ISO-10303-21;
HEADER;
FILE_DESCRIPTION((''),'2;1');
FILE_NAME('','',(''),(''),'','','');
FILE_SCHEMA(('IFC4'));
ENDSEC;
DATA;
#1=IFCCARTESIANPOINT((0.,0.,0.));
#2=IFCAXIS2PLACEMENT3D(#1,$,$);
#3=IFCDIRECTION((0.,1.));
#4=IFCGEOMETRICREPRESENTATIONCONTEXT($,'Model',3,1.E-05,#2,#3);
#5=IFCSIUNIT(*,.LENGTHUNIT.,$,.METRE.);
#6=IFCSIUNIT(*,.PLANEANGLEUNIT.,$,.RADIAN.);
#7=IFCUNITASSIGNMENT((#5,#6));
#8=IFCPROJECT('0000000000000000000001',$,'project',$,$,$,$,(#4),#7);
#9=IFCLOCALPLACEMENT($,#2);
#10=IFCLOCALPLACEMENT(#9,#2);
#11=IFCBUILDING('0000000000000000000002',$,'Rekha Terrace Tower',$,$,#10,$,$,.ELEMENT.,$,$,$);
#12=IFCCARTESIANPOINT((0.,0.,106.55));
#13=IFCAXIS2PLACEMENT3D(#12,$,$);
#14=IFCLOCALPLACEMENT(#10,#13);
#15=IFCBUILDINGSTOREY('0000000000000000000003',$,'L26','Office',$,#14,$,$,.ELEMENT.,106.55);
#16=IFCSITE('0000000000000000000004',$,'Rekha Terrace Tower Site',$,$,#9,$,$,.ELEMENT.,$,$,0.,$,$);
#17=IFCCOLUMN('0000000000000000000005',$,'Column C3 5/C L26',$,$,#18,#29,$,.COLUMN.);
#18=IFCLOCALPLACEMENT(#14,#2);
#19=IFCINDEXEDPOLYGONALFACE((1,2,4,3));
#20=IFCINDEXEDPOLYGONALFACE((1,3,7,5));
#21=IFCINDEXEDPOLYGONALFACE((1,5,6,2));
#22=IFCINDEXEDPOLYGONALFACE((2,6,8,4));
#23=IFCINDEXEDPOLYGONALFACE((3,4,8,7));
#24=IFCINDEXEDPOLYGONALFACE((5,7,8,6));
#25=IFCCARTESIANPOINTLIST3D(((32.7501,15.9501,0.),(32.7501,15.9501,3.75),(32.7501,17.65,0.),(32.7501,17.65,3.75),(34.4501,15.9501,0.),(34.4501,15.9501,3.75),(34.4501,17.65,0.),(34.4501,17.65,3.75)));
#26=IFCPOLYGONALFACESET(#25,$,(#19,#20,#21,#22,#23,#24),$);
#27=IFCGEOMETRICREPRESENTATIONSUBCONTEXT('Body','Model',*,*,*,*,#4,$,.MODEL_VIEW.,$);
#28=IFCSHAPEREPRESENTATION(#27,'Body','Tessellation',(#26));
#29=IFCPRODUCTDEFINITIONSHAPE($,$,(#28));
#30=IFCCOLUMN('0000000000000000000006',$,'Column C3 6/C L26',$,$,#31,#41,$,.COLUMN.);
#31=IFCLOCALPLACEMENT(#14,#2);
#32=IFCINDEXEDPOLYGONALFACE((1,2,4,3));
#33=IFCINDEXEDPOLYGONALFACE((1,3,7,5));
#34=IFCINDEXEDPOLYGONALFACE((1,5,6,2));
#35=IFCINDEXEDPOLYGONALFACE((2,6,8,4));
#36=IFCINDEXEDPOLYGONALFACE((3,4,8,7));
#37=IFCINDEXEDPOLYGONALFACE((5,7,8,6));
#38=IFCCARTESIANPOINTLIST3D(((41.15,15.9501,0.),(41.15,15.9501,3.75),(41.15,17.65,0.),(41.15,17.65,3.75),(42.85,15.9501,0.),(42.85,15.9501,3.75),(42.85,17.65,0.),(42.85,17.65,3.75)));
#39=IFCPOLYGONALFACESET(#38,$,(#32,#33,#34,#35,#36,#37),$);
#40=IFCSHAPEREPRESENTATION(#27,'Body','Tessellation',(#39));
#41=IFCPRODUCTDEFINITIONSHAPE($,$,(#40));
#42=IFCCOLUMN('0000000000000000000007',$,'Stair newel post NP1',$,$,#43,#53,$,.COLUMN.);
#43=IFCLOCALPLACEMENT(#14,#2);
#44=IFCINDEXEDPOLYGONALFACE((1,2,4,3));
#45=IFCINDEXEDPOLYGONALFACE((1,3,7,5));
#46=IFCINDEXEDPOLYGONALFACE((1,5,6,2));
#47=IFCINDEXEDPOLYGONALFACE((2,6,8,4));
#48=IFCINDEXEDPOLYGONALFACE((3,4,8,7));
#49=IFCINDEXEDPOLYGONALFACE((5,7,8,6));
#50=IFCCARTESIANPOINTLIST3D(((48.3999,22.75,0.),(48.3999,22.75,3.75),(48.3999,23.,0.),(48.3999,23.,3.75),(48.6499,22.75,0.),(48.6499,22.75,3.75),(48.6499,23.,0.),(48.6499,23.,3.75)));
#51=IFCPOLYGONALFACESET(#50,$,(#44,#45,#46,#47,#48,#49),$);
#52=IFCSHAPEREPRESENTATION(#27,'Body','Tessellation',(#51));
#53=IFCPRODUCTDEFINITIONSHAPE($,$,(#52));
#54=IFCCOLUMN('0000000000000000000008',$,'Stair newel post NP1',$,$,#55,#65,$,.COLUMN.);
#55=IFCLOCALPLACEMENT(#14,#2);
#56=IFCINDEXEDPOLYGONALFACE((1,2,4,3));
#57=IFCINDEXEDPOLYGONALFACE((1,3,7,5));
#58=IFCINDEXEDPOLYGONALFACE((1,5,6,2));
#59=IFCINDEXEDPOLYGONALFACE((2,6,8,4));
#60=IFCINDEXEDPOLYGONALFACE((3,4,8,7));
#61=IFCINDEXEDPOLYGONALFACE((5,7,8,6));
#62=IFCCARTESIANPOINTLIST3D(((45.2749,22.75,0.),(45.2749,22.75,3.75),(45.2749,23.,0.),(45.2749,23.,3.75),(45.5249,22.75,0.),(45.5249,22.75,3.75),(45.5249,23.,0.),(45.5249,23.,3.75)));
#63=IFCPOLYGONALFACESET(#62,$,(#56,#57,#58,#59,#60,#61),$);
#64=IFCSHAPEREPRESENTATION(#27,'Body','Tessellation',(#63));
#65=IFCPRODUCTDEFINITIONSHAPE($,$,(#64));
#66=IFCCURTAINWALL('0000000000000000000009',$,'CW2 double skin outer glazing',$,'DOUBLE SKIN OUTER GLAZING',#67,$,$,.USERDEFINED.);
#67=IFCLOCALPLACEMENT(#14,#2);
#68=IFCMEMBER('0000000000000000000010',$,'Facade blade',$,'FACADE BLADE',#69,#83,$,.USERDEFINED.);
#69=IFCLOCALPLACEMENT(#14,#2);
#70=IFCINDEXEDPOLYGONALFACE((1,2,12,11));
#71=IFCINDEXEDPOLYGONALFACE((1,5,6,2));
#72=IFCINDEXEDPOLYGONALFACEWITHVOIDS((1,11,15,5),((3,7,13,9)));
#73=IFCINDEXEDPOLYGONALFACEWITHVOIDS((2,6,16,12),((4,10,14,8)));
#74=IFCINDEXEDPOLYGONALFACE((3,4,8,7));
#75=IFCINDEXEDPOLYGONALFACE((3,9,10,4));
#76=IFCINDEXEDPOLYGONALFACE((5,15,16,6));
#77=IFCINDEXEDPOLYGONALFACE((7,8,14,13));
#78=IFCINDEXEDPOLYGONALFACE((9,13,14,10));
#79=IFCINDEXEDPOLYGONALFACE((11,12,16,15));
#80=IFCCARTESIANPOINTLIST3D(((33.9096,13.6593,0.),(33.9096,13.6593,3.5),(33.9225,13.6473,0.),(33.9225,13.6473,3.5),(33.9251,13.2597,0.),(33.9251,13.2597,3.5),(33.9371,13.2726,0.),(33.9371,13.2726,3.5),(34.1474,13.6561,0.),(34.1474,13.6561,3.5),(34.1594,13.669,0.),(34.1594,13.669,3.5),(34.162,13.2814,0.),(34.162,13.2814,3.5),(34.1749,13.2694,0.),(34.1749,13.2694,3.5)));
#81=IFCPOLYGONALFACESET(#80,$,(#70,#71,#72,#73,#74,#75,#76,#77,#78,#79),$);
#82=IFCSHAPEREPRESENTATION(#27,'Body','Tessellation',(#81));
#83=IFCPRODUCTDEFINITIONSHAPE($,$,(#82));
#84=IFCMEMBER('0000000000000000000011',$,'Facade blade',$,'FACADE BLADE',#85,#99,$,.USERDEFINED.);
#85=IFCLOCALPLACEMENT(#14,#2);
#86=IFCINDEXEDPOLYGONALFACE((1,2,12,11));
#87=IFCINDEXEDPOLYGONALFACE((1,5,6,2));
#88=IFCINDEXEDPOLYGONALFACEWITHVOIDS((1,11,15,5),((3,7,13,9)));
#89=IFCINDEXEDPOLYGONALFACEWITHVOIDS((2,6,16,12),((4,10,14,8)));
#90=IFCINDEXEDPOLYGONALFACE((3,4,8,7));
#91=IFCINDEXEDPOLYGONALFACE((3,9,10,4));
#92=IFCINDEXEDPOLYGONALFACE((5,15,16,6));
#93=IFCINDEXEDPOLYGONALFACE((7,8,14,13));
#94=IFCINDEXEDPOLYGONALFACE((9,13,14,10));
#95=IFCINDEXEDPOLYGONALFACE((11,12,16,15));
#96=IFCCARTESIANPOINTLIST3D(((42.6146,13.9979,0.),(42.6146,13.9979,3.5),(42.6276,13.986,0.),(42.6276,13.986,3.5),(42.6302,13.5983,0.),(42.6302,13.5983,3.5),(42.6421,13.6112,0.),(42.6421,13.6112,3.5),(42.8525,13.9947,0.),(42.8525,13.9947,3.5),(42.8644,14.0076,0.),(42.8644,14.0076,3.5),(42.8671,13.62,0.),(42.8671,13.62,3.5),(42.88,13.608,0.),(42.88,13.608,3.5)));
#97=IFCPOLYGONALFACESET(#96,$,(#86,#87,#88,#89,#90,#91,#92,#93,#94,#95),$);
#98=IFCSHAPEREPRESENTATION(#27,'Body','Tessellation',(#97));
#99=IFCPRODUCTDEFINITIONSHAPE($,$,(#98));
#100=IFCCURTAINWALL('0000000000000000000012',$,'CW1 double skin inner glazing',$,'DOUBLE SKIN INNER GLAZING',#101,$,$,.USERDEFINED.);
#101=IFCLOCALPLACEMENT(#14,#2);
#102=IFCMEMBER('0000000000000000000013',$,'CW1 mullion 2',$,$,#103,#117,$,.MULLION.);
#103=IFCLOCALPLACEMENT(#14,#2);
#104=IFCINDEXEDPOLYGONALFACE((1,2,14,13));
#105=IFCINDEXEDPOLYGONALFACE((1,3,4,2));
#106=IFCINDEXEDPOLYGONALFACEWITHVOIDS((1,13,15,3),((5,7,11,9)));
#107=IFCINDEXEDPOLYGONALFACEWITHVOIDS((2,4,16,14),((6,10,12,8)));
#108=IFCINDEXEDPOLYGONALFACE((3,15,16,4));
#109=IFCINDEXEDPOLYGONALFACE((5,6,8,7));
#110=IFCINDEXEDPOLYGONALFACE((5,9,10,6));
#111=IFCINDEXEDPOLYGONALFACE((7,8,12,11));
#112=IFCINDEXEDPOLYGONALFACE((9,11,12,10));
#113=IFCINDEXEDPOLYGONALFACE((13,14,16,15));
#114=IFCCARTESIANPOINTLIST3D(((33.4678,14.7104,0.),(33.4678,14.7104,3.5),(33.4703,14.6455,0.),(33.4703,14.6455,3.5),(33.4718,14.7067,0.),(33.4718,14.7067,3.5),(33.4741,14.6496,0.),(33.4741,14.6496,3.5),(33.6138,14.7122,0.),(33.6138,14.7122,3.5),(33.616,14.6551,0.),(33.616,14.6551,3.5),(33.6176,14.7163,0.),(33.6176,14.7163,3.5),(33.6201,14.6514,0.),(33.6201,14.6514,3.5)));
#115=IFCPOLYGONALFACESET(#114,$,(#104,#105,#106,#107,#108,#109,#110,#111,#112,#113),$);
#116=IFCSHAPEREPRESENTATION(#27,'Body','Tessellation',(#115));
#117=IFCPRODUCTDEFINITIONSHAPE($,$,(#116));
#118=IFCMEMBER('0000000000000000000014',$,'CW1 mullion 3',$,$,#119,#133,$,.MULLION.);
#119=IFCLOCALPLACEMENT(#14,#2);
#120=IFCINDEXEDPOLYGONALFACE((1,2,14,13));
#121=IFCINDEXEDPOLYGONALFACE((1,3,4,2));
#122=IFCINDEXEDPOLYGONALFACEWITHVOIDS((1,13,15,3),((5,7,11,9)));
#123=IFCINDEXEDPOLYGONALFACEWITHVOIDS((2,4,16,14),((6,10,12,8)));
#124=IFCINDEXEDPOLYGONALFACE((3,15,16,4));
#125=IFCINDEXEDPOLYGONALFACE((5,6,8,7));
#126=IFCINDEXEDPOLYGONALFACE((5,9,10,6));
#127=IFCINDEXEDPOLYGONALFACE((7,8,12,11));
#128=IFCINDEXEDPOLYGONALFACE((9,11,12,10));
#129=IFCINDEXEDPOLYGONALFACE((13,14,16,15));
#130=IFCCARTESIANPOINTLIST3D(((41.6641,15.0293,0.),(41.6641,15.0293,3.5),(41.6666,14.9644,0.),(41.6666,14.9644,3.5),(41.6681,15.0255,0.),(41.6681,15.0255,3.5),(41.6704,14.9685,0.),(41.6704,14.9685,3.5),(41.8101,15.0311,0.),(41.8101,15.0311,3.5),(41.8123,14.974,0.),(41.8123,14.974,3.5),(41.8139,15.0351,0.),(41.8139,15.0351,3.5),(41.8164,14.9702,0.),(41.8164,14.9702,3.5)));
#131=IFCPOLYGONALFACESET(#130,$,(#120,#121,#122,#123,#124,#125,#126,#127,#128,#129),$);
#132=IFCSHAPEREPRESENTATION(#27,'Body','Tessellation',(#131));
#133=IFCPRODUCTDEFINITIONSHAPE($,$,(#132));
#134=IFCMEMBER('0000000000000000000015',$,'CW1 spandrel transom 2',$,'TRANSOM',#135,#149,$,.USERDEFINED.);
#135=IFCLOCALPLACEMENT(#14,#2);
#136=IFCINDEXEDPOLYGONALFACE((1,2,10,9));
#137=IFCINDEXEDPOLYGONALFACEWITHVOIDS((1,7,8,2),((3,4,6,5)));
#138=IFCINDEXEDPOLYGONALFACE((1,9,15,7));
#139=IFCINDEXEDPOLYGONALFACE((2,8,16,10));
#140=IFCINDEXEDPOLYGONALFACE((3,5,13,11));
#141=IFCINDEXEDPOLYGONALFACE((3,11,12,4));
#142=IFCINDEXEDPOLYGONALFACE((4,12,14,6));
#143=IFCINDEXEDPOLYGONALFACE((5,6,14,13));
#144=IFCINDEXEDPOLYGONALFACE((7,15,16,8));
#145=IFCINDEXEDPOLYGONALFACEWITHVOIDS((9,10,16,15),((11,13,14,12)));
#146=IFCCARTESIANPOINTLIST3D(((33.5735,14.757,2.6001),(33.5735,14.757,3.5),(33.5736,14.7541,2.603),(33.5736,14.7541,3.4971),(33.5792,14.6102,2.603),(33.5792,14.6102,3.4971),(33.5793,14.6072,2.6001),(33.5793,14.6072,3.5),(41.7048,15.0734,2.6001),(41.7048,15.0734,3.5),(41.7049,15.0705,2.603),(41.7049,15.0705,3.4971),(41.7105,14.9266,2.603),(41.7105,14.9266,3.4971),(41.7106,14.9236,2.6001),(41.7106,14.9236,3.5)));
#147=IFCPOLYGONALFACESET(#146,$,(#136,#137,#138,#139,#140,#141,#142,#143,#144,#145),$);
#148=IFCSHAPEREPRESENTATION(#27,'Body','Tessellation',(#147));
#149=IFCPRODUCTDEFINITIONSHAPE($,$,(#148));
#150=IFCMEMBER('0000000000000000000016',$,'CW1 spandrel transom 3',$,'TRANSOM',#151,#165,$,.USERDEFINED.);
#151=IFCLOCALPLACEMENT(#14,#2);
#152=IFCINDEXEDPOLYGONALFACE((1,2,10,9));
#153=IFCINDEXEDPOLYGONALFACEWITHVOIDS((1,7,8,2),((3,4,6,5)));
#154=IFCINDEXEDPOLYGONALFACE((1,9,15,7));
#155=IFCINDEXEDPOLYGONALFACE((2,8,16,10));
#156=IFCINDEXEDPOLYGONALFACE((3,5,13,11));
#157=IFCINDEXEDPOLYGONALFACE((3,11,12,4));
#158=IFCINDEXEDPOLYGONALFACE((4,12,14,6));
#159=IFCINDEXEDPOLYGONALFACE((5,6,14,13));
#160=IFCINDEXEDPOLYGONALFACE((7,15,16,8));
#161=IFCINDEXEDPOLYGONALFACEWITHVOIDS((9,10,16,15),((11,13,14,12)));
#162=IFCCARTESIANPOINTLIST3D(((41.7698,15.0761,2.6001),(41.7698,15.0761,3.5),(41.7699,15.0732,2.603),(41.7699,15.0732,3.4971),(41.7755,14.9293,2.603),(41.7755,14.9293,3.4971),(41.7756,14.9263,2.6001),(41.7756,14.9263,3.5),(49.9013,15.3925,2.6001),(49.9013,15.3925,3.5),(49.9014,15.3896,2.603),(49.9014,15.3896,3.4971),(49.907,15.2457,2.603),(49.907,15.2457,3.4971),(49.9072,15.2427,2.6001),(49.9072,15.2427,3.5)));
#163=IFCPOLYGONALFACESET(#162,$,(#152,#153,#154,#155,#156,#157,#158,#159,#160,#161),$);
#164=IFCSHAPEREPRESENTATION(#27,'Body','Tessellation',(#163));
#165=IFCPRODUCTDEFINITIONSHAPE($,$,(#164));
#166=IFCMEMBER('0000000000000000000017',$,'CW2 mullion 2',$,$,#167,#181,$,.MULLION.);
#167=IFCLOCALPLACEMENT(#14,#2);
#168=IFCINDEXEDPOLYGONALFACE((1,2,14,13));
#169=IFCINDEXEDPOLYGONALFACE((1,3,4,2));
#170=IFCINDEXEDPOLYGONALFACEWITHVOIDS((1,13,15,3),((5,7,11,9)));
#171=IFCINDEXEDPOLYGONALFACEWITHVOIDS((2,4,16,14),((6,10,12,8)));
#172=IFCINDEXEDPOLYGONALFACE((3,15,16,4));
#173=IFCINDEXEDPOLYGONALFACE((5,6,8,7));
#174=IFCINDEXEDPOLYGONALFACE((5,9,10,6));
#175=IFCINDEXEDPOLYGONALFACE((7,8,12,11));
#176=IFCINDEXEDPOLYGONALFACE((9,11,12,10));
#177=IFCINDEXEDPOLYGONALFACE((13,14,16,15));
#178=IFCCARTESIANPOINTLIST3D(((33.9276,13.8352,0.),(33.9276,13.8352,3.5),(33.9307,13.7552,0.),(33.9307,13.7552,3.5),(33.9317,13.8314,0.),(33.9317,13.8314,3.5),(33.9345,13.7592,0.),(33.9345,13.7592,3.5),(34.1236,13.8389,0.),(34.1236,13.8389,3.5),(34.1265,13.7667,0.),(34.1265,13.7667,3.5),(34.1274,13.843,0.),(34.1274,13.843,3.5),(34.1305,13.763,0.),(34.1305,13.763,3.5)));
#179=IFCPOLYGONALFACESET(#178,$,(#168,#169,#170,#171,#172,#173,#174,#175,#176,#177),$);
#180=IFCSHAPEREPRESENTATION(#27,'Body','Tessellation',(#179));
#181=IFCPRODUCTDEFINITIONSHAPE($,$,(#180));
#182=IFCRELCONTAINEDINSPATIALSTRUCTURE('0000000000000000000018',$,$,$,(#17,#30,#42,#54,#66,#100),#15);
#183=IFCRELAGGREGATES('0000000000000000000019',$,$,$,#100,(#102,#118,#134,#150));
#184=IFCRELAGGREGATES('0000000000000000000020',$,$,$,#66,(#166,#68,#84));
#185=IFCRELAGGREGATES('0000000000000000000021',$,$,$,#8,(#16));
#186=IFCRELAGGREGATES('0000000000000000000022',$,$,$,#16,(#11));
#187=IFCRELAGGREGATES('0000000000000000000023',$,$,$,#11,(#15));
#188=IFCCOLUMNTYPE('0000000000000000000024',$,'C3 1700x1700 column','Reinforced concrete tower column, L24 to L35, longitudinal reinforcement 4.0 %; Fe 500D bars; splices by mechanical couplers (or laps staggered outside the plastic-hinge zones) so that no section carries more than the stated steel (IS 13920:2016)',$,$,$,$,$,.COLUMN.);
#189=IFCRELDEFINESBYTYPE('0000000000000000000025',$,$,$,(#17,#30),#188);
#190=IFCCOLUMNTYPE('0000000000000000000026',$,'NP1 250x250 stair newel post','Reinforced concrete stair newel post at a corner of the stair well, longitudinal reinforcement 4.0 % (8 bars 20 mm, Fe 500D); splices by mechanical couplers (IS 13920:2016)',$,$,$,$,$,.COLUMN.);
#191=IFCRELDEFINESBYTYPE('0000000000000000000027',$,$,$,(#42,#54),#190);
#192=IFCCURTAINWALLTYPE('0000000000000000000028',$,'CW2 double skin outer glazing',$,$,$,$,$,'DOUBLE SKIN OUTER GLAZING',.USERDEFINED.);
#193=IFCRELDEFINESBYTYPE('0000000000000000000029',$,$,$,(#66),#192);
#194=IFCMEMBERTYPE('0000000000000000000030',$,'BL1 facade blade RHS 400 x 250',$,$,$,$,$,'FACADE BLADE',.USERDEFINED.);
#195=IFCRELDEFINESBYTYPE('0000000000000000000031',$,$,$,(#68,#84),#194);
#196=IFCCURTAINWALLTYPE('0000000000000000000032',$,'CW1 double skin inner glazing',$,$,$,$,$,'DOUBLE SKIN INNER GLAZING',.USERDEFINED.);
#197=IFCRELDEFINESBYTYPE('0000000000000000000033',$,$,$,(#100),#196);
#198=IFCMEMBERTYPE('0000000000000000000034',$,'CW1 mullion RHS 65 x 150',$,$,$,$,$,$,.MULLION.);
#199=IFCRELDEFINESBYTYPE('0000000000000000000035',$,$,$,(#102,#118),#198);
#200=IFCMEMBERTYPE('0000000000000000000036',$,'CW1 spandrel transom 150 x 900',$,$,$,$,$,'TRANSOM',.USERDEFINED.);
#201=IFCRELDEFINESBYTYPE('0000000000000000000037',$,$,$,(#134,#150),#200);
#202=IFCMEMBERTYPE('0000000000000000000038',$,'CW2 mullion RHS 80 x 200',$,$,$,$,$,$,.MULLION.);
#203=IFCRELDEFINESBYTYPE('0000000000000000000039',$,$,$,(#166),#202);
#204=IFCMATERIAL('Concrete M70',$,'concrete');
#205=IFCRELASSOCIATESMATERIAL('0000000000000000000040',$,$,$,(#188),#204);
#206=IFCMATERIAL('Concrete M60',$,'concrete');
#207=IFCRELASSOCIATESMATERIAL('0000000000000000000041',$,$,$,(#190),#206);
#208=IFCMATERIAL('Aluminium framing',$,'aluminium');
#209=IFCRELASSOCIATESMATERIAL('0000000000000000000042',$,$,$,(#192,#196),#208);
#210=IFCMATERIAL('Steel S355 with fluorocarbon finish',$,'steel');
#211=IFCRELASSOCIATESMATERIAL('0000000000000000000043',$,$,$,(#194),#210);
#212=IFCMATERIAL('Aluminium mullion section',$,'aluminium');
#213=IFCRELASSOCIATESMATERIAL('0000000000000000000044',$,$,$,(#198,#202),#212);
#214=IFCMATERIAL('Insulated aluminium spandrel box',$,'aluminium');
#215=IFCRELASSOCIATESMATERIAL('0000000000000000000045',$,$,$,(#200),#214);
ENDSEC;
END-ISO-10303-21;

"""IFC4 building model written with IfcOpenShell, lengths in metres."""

from ifc_helpers import new_model, si_unit, direction, frame, origin, origin_2d, place, context, subcontext, project, spatial, rectangle, hollow_rectangle, extrude, material, material_profile, profile_set, type_object, element, aggregate, save


model = new_model("IFC4")

# Units and contexts
model_context = context("Model", 3, precision=1e-05, world=origin(), true_north=direction((0.0, 1.0)))
body_context = subcontext(model_context, "Body", "Model", "MODEL_VIEW")
ifc_project = project(units=[si_unit("LENGTHUNIT", "METRE"), si_unit("PLANEANGLEUNIT", "RADIAN")], contexts=[model_context])

# Site, building, storey
site_placement = place(None, origin())
site = spatial("IfcSite", under=ifc_project, at=site_placement, Name="Rekha Terrace Tower Site", CompositionType="ELEMENT", RefElevation=0.0)
building_placement = place(site_placement, origin())
building = spatial("IfcBuilding", under=site, at=building_placement, Name="Rekha Terrace Tower", CompositionType="ELEMENT")
storey_placement = place(building_placement, frame((0.0, 0.0, 106.55)))
storey = spatial("IfcBuildingStorey", under=building, at=storey_placement, Name="L26", Description="Office", CompositionType="ELEMENT", Elevation=106.55)

# Columns
ifc_material_1 = material(Name="Concrete M70", Category="concrete")
ifc_material_profile_1 = material_profile(ifc_material_1, rectangle(XDim=1.7, YDim=1.7, at=origin_2d()), Name="RC 1700x1700")
ifc_profile_set_1 = profile_set([ifc_material_profile_1], Name="Concrete M70")
column_type_1 = type_object("IfcColumnType", Name="C3 1700x1700 column", Description="Reinforced concrete tower column, L24 to L35, longitudinal reinforcement 4.0 %; Fe 500D bars; splices by mechanical couplers (or laps staggered outside the plastic-hinge zones) so that no section carries more than the stated steel (IS 13920:2016)", PredefinedType="COLUMN", material=ifc_profile_set_1)
for number, where, z_axis, x_axis, name in (
    (1, (33.6001, 16.8, 0.0), (0.0, 0.0, 1.0), (1.0, 0.0, 0.0), "Column C3 5/C L26"),
    (2, (42.0, 16.8, 0.0), (0.0, 0.0, 1.0), (1.0, 0.0, 0.0), "Column C3 6/C L26"),
):
    element("IfcColumn", number, at=place(storey_placement, frame(where, z_axis=z_axis, x_axis=x_axis)), inside=storey, type_object=column_type_1, Name=name, PredefinedType="COLUMN", context=body_context, shape_type="SweptSolid", body=[
        extrude(rectangle(XDim=1.7, YDim=1.7, at=origin_2d()), origin(), (0.0, 0.0, 1.0), 3.75),
    ])
ifc_material_2 = material(Name="Concrete M60", Category="concrete")
ifc_material_profile_2 = material_profile(ifc_material_2, rectangle(XDim=0.25, YDim=0.25, at=origin_2d()), Name="RC 250x250")
ifc_profile_set_2 = profile_set([ifc_material_profile_2], Name="Concrete M60")
column_type_2 = type_object("IfcColumnType", Name="NP1 250x250 stair newel post", Description="Reinforced concrete stair newel post at a corner of the stair well, longitudinal reinforcement 4.0 % (8 bars 20 mm, Fe 500D); splices by mechanical couplers (IS 13920:2016)", PredefinedType="COLUMN", material=ifc_profile_set_2)
for number, where, z_axis, x_axis, name in (
    (3, (48.5249, 22.875, 0.0), (0.0, 0.0, 1.0), (1.0, 0.0, 0.0), "Stair newel post NP1"),
    (4, (45.3999, 22.875, 0.0), (0.0, 0.0, 1.0), (1.0, 0.0, 0.0), "Stair newel post NP1"),
):
    element("IfcColumn", number, at=place(storey_placement, frame(where, z_axis=z_axis, x_axis=x_axis)), inside=storey, type_object=column_type_2, Name=name, PredefinedType="COLUMN", context=body_context, shape_type="SweptSolid", body=[
        extrude(rectangle(XDim=0.25, YDim=0.25, at=origin_2d()), origin(), (0.0, 0.0, 1.0), 3.75),
    ])

# Curtain walls, members
ifc_material_3 = material(Name="Aluminium framing", Category="aluminium")
curtain_wall_type_1 = type_object("IfcCurtainWallType", Name="CW2 double skin outer glazing", ElementType="DOUBLE SKIN OUTER GLAZING", PredefinedType="USERDEFINED", material=ifc_material_3)
curtain_wall_1_placement = place(storey_placement, origin())
curtain_wall_1 = element("IfcCurtainWall", 5, at=curtain_wall_1_placement, inside=storey, type_object=curtain_wall_type_1, Name="CW2 double skin outer glazing", ObjectType="DOUBLE SKIN OUTER GLAZING", PredefinedType="USERDEFINED")
ifc_material_4 = material(Name="Steel S355 with fluorocarbon finish", Category="steel")
ifc_material_profile_3 = material_profile(ifc_material_4, hollow_rectangle(XDim=0.25, YDim=0.3999, WallThickness=0.0125, at=origin_2d()), Name="RHS400x250x12.5")
ifc_profile_set_3 = profile_set([ifc_material_profile_3], Name="Steel S355 with fluorocarbon finish")
member_type_1 = type_object("IfcMemberType", Name="BL1 facade blade RHS 400 x 250", ElementType="FACADE BLADE", PredefinedType="USERDEFINED", material=ifc_profile_set_3)
member_1_placement = place(storey_placement, frame((34.0422, 13.4644, 0.0), z_axis=(0.0, 0.0, 1.0), x_axis=(0.999243, 0.03889, 0.0)))
member_1 = element("IfcMember", 6, at=member_1_placement, type_object=member_type_1, Name="Facade blade", ObjectType="FACADE BLADE", PredefinedType="USERDEFINED", context=body_context, shape_type="SweptSolid", body=[
    extrude(hollow_rectangle(XDim=0.25, YDim=0.3999, WallThickness=0.0125, at=origin_2d()), origin(), (0.0, 0.0, 1.0), 3.5),
])
member_2_placement = place(storey_placement, frame((42.7473, 13.803, 0.0), z_axis=(0.0, 0.0, 1.0), x_axis=(0.999243, 0.03889, 0.0)))
member_2 = element("IfcMember", 7, at=member_2_placement, type_object=member_type_1, Name="Facade blade", ObjectType="FACADE BLADE", PredefinedType="USERDEFINED", context=body_context, shape_type="SweptSolid", body=[
    extrude(hollow_rectangle(XDim=0.25, YDim=0.3999, WallThickness=0.0125, at=origin_2d()), origin(), (0.0, 0.0, 1.0), 3.5),
])
curtain_wall_type_2 = type_object("IfcCurtainWallType", Name="CW1 double skin inner glazing", ElementType="DOUBLE SKIN INNER GLAZING", PredefinedType="USERDEFINED", material=ifc_material_3)
curtain_wall_2_placement = place(storey_placement, origin())
curtain_wall_2 = element("IfcCurtainWall", 8, at=curtain_wall_2_placement, inside=storey, type_object=curtain_wall_type_2, Name="CW1 double skin inner glazing", ObjectType="DOUBLE SKIN INNER GLAZING", PredefinedType="USERDEFINED")
ifc_material_5 = material(Name="Aluminium mullion section", Category="aluminium")
ifc_material_profile_4 = material_profile(ifc_material_5, hollow_rectangle(XDim=0.0649, YDim=0.1499, WallThickness=0.0039, at=origin_2d()), Name="AL RHS 65x150")
ifc_profile_set_4 = profile_set([ifc_material_profile_4], Name="Aluminium mullion section")
member_type_2 = type_object("IfcMemberType", Name="CW1 mullion RHS 65 x 150", PredefinedType="MULLION", material=ifc_profile_set_4)
member_3_placement = place(storey_placement, frame((33.5439, 14.6809, 0.0), z_axis=(0.0, 0.0, 1.0), x_axis=(-0.03889, 0.999243, 0.0)))
member_3 = element("IfcMember", 9, at=member_3_placement, type_object=member_type_2, Name="CW1 mullion 2", PredefinedType="MULLION", context=body_context, shape_type="SweptSolid", body=[
    extrude(hollow_rectangle(XDim=0.0649, YDim=0.1499, WallThickness=0.0039, at=origin_2d()), origin(), (0.0, 0.0, 1.0), 3.5),
])
member_4_placement = place(storey_placement, frame((41.7402, 14.9998, 0.0), z_axis=(0.0, 0.0, 1.0), x_axis=(-0.03889, 0.999243, 0.0)))
member_4 = element("IfcMember", 10, at=member_4_placement, type_object=member_type_2, Name="CW1 mullion 3", PredefinedType="MULLION", context=body_context, shape_type="SweptSolid", body=[
    extrude(hollow_rectangle(XDim=0.0649, YDim=0.1499, WallThickness=0.0039, at=origin_2d()), origin(), (0.0, 0.0, 1.0), 3.5),
])
ifc_material_6 = material(Name="Insulated aluminium spandrel box", Category="aluminium")
ifc_material_profile_5 = material_profile(ifc_material_6, hollow_rectangle(XDim=0.1499, YDim=0.8999, WallThickness=0.0029, at=origin_2d()), Name="AL SPANDREL BOX 150x900")
ifc_profile_set_5 = profile_set([ifc_material_profile_5], Name="Insulated aluminium spandrel box")
member_type_3 = type_object("IfcMemberType", Name="CW1 spandrel transom 150 x 900", ElementType="TRANSOM", PredefinedType="USERDEFINED", material=ifc_profile_set_5)
member_5_placement = place(storey_placement, frame((33.5764, 14.6821, 3.05), z_axis=(0.999244, 0.038882, 0.0), x_axis=(-0.038882, 0.999244, 0.0)))
member_5 = element("IfcMember", 11, at=member_5_placement, type_object=member_type_3, Name="CW1 spandrel transom 2", ObjectType="TRANSOM", PredefinedType="USERDEFINED", context=body_context, shape_type="SweptSolid", body=[
    extrude(hollow_rectangle(XDim=0.1499, YDim=0.8999, WallThickness=0.0029, at=origin_2d()), origin(), (0.0, 0.0, 1.0), 8.1375),
])
member_6_placement = place(storey_placement, frame((41.7727, 15.0012, 3.05), z_axis=(0.999244, 0.038881, 0.0), x_axis=(-0.038881, 0.999244, 0.0)))
member_6 = element("IfcMember", 12, at=member_6_placement, type_object=member_type_3, Name="CW1 spandrel transom 3", ObjectType="TRANSOM", PredefinedType="USERDEFINED", context=body_context, shape_type="SweptSolid", body=[
    extrude(hollow_rectangle(XDim=0.1499, YDim=0.8999, WallThickness=0.0029, at=origin_2d()), origin(), (0.0, 0.0, 1.0), 8.1377),
])

# Member
ifc_material_profile_6 = material_profile(ifc_material_5, hollow_rectangle(XDim=0.0801, YDim=0.2, WallThickness=0.0039, at=origin_2d()), Name="AL RHS 80x200")
ifc_profile_set_6 = profile_set([ifc_material_profile_6], Name="Aluminium mullion section")
member_type_4 = type_object("IfcMemberType", Name="CW2 mullion RHS 80 x 200", PredefinedType="MULLION", material=ifc_profile_set_6)
member_7_placement = place(storey_placement, frame((34.0291, 13.7991, 0.0), z_axis=(0.0, 0.0, 1.0), x_axis=(-0.03889, 0.999243, 0.0)))
member_7 = element("IfcMember", 13, at=member_7_placement, type_object=member_type_4, Name="CW2 mullion 2", PredefinedType="MULLION", context=body_context, shape_type="SweptSolid", body=[
    extrude(hollow_rectangle(XDim=0.0801, YDim=0.2, WallThickness=0.0039, at=origin_2d()), origin(), (0.0, 0.0, 1.0), 3.5),
])

aggregate(curtain_wall_2, [member_3, member_4, member_5, member_6])
aggregate(curtain_wall_1, [member_7, member_1, member_2])

save(model, "model.ifc")
